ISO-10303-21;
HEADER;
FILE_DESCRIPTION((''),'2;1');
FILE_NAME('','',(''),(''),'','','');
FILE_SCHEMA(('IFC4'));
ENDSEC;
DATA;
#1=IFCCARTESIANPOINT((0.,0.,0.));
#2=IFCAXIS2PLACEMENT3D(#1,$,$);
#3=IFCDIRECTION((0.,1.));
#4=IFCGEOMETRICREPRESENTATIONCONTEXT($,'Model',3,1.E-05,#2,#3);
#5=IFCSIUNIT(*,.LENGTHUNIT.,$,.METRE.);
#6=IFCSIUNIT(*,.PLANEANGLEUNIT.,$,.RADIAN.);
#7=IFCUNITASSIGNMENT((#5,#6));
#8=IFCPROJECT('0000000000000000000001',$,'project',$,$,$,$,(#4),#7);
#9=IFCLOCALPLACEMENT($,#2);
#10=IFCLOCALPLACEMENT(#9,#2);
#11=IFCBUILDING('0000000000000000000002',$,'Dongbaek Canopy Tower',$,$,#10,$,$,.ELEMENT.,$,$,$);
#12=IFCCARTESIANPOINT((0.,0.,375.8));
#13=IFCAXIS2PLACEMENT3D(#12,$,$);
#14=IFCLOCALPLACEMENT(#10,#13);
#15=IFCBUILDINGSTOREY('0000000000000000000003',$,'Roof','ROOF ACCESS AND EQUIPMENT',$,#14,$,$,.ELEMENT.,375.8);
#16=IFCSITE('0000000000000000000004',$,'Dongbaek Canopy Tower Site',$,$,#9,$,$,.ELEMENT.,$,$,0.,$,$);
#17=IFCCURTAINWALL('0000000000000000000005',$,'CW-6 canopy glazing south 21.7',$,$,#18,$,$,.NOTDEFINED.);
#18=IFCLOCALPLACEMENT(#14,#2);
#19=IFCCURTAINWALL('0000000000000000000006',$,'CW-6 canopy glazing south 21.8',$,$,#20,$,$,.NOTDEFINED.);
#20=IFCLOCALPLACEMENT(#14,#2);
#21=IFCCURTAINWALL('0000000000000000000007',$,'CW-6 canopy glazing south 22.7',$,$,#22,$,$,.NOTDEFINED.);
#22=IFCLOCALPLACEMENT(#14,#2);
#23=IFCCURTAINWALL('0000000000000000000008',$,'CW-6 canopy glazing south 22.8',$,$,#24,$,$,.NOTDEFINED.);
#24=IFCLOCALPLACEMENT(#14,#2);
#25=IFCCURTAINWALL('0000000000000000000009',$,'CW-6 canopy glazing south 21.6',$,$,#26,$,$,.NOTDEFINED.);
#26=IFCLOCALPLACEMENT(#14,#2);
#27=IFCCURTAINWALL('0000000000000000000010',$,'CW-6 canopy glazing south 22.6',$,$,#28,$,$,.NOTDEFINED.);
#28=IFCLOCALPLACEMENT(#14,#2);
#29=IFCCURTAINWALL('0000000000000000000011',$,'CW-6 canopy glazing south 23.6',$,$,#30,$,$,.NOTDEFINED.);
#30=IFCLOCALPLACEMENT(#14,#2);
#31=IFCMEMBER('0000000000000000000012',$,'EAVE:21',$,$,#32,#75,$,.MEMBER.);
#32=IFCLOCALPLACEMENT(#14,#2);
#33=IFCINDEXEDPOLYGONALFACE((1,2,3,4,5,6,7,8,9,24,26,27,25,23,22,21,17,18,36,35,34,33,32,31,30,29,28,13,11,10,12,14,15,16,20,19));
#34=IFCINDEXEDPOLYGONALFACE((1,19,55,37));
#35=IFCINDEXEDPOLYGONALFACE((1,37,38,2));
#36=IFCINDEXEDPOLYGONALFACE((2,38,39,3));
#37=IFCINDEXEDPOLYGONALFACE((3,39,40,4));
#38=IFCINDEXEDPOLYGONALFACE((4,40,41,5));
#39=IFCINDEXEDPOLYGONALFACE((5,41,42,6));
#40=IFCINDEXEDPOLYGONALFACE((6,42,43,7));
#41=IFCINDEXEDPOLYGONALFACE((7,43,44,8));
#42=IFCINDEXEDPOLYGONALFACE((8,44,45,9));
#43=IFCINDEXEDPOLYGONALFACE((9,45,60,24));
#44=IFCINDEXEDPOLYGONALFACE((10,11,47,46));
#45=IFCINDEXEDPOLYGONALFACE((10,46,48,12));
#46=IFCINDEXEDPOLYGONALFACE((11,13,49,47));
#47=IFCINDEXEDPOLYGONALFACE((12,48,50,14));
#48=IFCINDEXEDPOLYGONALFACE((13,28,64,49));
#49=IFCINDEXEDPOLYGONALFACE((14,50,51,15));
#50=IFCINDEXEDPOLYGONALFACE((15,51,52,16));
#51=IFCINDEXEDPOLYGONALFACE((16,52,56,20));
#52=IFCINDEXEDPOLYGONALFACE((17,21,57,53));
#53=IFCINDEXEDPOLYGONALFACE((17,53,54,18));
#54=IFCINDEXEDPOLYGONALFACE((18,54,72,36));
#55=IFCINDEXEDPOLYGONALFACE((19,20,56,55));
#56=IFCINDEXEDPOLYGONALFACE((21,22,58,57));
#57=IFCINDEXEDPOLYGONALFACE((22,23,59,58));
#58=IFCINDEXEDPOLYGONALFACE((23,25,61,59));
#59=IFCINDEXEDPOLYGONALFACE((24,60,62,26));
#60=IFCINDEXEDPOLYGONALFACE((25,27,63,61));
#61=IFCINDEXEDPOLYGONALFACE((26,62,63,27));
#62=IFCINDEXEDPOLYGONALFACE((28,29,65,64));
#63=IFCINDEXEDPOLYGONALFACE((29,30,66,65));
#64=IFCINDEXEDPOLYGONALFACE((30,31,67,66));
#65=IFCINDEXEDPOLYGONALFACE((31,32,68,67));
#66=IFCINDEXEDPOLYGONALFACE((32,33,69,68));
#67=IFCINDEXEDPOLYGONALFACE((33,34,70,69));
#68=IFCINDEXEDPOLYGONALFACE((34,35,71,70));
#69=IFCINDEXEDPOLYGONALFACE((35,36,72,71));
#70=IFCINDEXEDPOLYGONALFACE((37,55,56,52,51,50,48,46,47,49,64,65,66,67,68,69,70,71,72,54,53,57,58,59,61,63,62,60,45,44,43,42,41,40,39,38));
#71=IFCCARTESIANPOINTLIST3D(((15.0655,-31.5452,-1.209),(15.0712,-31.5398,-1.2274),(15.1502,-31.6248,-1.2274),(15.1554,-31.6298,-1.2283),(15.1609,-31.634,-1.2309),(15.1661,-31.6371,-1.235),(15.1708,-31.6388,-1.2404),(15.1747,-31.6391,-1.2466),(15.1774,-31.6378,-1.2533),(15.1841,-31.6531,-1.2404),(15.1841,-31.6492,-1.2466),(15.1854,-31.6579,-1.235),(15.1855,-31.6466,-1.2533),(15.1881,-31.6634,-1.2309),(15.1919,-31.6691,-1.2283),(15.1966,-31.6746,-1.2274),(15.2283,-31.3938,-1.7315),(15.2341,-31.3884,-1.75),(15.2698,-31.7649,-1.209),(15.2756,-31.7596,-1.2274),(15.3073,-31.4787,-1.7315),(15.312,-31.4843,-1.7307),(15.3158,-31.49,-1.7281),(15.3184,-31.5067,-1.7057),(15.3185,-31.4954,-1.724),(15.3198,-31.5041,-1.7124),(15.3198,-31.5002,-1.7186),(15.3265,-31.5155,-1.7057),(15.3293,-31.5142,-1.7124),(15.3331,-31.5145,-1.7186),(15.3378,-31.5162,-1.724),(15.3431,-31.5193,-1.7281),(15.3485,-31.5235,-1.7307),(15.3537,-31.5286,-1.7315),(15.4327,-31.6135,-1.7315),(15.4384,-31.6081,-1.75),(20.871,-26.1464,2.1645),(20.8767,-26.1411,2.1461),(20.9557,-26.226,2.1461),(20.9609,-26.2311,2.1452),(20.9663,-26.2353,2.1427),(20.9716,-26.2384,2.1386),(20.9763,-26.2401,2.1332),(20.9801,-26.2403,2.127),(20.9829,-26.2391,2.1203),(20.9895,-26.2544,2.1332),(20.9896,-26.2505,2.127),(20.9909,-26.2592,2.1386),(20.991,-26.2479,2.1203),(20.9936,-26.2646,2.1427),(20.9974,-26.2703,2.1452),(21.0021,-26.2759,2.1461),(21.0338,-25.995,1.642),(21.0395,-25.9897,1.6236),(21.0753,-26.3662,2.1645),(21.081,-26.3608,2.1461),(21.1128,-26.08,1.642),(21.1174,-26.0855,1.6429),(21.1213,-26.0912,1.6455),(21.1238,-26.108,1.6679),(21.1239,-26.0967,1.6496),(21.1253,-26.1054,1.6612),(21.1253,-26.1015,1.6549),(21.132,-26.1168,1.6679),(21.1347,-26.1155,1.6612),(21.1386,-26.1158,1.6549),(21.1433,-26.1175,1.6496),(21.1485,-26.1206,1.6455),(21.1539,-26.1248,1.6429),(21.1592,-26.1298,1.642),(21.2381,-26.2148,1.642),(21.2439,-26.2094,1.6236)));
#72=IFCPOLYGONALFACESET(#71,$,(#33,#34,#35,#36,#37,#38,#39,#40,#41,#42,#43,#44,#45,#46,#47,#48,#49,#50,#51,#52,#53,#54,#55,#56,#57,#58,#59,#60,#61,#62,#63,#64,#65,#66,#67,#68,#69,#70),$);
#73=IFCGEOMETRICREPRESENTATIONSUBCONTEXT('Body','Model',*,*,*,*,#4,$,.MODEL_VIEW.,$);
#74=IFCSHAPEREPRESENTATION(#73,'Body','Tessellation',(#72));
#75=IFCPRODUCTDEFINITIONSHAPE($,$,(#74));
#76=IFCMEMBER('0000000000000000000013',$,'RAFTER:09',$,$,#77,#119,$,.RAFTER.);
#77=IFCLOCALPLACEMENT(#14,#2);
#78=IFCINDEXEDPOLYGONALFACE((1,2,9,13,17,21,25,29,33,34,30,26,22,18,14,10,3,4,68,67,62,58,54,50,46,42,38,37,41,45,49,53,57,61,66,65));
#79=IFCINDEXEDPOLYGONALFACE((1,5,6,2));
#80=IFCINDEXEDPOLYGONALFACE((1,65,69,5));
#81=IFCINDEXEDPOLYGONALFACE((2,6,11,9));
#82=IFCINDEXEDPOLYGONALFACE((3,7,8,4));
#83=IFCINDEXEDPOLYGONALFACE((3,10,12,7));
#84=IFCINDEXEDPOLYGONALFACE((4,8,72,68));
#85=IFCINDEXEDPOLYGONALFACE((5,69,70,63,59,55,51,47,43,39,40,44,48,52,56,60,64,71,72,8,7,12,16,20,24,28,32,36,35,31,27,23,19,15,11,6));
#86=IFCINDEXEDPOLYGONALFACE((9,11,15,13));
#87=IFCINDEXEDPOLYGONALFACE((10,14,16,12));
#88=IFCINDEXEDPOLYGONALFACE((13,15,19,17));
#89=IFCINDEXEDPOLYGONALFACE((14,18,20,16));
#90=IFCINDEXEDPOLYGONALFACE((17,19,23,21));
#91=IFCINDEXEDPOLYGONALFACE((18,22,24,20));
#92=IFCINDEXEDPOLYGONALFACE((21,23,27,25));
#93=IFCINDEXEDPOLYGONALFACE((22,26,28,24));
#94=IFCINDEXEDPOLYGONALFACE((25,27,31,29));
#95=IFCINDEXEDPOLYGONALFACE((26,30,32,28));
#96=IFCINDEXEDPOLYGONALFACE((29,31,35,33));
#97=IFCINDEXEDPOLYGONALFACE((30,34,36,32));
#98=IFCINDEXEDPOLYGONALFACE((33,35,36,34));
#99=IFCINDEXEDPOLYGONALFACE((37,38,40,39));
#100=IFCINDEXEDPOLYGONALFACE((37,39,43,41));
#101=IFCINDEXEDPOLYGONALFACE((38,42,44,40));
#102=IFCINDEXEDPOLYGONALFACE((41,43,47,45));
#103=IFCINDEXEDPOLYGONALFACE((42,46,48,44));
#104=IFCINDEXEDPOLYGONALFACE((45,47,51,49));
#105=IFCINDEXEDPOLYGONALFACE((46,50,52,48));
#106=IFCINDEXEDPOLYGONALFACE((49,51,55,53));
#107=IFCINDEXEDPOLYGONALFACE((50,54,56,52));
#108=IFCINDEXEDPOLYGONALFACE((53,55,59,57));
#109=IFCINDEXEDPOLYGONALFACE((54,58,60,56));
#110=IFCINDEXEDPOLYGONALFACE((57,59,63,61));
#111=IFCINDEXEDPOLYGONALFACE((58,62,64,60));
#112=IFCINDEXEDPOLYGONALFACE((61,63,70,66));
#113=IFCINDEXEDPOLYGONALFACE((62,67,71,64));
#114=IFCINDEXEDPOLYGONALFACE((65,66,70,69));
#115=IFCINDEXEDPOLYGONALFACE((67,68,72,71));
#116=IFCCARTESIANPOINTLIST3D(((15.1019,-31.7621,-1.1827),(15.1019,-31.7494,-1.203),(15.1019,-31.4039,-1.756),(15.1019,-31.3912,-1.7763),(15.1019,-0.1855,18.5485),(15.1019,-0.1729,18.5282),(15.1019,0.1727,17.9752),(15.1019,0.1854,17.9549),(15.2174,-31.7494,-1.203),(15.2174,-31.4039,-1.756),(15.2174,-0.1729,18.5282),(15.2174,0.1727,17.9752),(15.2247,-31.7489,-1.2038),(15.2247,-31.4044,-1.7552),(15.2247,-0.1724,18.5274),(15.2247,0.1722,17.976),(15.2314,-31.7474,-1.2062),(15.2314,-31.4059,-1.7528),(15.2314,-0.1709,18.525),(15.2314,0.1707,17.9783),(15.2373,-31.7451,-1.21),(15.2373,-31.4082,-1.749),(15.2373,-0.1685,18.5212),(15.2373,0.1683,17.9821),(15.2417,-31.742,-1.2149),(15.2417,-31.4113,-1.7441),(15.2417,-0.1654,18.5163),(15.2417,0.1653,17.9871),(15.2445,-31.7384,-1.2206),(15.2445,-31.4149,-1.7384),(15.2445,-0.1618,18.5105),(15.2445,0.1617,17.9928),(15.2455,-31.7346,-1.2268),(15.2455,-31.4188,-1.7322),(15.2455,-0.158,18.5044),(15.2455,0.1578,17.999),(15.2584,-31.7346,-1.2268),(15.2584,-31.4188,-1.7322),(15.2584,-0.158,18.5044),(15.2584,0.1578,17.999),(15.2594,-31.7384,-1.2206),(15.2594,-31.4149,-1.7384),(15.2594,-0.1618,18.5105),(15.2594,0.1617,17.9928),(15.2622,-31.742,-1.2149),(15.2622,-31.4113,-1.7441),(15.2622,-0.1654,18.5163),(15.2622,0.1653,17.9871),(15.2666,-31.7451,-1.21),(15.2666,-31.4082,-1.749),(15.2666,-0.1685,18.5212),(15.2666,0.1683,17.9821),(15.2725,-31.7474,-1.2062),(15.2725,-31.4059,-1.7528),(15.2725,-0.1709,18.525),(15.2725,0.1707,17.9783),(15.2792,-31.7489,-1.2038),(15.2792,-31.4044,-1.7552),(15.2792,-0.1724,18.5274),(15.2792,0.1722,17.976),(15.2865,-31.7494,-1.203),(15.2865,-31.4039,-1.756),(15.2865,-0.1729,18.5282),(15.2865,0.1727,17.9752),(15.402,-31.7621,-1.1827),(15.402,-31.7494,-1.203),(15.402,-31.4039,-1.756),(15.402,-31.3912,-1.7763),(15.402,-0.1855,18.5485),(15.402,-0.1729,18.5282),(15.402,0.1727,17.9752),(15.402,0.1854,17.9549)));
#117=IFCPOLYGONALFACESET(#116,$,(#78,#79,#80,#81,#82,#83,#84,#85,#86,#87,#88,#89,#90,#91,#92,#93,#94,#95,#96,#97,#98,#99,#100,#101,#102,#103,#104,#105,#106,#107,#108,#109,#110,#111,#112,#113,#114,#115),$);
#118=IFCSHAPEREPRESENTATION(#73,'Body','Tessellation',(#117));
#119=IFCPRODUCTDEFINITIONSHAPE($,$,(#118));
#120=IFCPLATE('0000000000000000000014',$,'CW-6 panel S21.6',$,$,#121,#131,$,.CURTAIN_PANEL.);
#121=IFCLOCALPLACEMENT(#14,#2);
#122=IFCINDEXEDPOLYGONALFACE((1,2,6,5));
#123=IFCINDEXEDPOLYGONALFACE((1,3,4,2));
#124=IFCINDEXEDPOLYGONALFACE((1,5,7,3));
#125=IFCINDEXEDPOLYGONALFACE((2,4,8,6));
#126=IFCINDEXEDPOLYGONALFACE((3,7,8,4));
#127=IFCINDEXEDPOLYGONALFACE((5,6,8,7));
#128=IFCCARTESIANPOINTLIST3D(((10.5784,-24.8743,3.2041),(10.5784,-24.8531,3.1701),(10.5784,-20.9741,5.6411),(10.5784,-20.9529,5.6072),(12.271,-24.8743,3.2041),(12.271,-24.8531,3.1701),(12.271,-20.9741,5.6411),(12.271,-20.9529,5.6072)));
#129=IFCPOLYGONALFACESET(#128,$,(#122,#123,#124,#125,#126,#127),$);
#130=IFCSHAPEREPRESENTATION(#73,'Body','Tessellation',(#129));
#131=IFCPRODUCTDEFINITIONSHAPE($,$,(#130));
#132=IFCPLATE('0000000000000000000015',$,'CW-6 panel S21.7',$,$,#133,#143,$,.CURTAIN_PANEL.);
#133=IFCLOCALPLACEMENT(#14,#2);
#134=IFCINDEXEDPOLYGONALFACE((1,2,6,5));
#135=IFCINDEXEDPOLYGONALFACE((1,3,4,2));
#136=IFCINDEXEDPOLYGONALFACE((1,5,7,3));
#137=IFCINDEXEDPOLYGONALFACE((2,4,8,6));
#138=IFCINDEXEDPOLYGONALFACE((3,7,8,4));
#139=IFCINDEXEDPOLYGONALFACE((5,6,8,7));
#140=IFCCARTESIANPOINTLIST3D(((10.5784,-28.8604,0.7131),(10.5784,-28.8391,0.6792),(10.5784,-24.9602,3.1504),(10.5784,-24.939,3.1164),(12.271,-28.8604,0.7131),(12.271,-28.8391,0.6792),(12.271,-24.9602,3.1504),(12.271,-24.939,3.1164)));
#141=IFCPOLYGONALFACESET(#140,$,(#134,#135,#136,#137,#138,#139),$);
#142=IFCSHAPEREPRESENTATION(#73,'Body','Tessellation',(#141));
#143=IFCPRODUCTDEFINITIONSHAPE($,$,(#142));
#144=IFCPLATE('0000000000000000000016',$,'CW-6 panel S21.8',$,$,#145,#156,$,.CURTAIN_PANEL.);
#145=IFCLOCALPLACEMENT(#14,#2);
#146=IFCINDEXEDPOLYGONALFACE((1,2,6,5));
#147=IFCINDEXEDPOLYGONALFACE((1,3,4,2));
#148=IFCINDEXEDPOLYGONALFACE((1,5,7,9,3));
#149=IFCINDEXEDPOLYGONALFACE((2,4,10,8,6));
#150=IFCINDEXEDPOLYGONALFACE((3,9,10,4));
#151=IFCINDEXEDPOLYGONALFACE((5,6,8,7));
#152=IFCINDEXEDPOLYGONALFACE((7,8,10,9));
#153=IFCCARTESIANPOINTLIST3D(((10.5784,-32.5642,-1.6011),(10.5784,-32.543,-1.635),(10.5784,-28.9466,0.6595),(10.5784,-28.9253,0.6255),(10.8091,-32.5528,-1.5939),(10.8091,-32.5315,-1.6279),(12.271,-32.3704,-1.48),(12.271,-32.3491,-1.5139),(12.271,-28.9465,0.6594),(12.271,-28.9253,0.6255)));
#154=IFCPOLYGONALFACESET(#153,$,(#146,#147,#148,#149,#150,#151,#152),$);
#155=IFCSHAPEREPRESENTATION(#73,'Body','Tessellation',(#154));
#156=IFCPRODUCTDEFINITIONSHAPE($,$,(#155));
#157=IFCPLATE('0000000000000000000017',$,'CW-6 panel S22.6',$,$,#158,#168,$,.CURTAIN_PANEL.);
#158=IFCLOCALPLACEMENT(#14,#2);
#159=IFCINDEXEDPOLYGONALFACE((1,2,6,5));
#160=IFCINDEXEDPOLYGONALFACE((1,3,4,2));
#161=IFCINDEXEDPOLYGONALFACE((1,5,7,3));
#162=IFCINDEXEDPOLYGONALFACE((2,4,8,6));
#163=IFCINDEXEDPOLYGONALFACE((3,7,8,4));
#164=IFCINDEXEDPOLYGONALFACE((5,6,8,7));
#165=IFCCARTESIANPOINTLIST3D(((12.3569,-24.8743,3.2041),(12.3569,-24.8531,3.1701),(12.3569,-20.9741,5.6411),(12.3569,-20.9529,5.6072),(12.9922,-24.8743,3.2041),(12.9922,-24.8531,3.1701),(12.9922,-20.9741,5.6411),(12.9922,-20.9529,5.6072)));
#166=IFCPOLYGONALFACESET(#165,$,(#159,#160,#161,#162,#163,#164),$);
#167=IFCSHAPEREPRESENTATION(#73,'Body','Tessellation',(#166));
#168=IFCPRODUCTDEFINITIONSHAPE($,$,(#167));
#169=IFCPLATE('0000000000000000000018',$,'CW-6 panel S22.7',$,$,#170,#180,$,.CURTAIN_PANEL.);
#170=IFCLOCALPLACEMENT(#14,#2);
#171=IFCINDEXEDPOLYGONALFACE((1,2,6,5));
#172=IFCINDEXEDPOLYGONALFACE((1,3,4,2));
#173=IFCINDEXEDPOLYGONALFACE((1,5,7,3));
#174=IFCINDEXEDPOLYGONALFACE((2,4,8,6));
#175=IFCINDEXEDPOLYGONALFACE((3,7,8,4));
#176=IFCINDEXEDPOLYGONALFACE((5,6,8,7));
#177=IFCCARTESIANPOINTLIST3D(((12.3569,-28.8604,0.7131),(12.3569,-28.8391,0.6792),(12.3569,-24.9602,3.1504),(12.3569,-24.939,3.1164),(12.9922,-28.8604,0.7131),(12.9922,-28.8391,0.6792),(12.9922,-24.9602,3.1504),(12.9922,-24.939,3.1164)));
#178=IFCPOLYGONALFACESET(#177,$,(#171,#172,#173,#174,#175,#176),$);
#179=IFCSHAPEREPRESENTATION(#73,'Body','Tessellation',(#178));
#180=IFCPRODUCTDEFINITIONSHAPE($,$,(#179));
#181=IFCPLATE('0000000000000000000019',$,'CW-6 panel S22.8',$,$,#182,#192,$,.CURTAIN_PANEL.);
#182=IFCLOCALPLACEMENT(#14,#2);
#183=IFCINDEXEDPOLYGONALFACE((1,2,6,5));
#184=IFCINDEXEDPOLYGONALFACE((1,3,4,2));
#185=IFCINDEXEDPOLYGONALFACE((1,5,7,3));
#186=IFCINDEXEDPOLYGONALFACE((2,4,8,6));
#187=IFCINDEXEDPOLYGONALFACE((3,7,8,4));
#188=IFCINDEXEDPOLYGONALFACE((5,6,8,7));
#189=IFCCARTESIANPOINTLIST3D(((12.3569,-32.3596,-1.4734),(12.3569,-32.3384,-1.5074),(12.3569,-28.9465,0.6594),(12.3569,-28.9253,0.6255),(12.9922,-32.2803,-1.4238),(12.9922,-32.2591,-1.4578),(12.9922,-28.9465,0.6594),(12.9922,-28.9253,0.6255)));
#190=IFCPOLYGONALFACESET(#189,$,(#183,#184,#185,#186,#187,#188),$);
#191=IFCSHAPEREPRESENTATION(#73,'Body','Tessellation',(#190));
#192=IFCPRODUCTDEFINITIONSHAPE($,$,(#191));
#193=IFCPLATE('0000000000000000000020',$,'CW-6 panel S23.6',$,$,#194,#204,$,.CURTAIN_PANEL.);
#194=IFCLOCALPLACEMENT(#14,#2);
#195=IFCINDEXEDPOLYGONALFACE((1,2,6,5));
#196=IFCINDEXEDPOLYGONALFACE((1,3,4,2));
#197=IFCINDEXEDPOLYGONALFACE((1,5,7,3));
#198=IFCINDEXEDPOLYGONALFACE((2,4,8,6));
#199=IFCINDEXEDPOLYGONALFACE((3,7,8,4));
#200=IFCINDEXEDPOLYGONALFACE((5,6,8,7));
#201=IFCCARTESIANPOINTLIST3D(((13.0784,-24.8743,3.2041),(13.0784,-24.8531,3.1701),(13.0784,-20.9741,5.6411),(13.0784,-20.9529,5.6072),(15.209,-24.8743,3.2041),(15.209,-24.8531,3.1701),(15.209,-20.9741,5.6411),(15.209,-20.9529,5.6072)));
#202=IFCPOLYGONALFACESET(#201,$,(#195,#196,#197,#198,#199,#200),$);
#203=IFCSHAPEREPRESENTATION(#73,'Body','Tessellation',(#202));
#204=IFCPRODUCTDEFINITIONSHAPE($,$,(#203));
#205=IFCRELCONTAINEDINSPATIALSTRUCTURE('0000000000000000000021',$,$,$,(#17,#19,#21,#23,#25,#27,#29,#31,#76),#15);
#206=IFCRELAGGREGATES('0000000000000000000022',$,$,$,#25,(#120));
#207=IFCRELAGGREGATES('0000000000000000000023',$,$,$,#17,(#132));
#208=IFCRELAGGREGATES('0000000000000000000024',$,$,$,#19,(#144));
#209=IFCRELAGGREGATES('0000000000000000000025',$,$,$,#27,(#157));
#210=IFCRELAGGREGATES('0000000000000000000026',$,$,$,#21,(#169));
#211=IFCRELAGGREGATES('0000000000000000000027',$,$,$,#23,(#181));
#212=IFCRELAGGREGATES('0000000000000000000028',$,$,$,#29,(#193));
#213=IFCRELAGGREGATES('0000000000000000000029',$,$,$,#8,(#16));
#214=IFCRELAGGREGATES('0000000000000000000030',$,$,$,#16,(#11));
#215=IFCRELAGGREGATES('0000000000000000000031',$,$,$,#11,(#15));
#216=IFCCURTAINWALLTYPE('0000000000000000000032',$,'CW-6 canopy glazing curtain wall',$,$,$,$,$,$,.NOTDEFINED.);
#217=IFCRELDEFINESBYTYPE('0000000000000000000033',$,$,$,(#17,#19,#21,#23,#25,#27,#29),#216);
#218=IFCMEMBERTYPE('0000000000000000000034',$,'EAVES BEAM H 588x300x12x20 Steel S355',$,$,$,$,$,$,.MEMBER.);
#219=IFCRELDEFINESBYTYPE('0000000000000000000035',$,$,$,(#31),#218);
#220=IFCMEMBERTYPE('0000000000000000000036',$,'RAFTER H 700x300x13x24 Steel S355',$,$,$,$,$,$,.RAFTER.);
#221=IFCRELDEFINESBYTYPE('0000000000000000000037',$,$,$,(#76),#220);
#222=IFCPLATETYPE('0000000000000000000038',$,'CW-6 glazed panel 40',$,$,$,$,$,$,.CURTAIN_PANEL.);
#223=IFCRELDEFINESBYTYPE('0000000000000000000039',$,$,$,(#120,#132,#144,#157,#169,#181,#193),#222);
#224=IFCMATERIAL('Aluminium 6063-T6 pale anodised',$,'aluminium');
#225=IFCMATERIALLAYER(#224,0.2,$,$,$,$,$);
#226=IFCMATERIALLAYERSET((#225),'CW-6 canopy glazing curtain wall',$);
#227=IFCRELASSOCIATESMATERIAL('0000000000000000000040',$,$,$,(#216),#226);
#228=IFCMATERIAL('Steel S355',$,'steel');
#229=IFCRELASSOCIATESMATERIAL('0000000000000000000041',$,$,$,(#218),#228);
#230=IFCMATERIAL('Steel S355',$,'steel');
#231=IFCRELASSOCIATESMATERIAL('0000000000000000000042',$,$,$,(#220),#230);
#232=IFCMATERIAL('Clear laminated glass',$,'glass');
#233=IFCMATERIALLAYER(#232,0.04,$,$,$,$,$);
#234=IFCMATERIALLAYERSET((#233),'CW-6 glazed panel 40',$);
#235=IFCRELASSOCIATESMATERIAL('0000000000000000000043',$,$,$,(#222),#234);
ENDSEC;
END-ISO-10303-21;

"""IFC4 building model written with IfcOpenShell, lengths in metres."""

from ifc_helpers import new_model, si_unit, direction, frame, origin, origin_2d, place, context, subcontext, project, spatial, polyline, i_section, outline, extrude, material, layer, layer_set, material_profile, profile_set, type_object, element, aggregate, save


model = new_model("IFC4")

# Units and contexts
model_context = context("Model", 3, precision=1e-05, world=origin(), true_north=direction((0.0, 1.0)))
body_context = subcontext(model_context, "Body", "Model", "MODEL_VIEW")
ifc_project = project(units=[si_unit("LENGTHUNIT", "METRE"), si_unit("PLANEANGLEUNIT", "RADIAN")], contexts=[model_context])

# Site, building, storey
site_placement = place(None, origin())
site = spatial("IfcSite", under=ifc_project, at=site_placement, Name="Dongbaek Canopy Tower Site", CompositionType="ELEMENT", RefElevation=0.0)
building_placement = place(site_placement, origin())
building = spatial("IfcBuilding", under=site, at=building_placement, Name="Dongbaek Canopy Tower", CompositionType="ELEMENT")
storey_placement = place(building_placement, frame((0.0, 0.0, 375.8)))
storey = spatial("IfcBuildingStorey", under=building, at=storey_placement, Name="Roof", Description="ROOF ACCESS AND EQUIPMENT", CompositionType="ELEMENT", Elevation=375.8)

# Curtain walls
ifc_material_1 = material(Name="Aluminium 6063-T6 pale anodised", Category="aluminium")
ifc_layer_1 = layer(ifc_material_1, 0.2)
ifc_layer_set_1 = layer_set([ifc_layer_1], Name="CW-6 canopy glazing curtain wall")
curtain_wall_type = type_object("IfcCurtainWallType", Name="CW-6 canopy glazing curtain wall", PredefinedType="NOTDEFINED", material=ifc_layer_set_1)
curtain_wall_1_placement = place(storey_placement, origin())
curtain_wall_1 = element("IfcCurtainWall", 1, at=curtain_wall_1_placement, inside=storey, type_object=curtain_wall_type, Name="CW-6 canopy glazing south 21.7", PredefinedType="NOTDEFINED")
curtain_wall_2_placement = place(storey_placement, origin())
curtain_wall_2 = element("IfcCurtainWall", 2, at=curtain_wall_2_placement, inside=storey, type_object=curtain_wall_type, Name="CW-6 canopy glazing south 21.8", PredefinedType="NOTDEFINED")
curtain_wall_3_placement = place(storey_placement, origin())
curtain_wall_3 = element("IfcCurtainWall", 3, at=curtain_wall_3_placement, inside=storey, type_object=curtain_wall_type, Name="CW-6 canopy glazing south 22.7", PredefinedType="NOTDEFINED")
curtain_wall_4_placement = place(storey_placement, origin())
curtain_wall_4 = element("IfcCurtainWall", 4, at=curtain_wall_4_placement, inside=storey, type_object=curtain_wall_type, Name="CW-6 canopy glazing south 22.8", PredefinedType="NOTDEFINED")
curtain_wall_5_placement = place(storey_placement, origin())
curtain_wall_5 = element("IfcCurtainWall", 5, at=curtain_wall_5_placement, inside=storey, type_object=curtain_wall_type, Name="CW-6 canopy glazing south 21.6", PredefinedType="NOTDEFINED")
curtain_wall_6_placement = place(storey_placement, origin())
curtain_wall_6 = element("IfcCurtainWall", 6, at=curtain_wall_6_placement, inside=storey, type_object=curtain_wall_type, Name="CW-6 canopy glazing south 22.6", PredefinedType="NOTDEFINED")

# Curtain wall
curtain_wall_7_placement = place(storey_placement, origin())
curtain_wall_7 = element("IfcCurtainWall", 7, at=curtain_wall_7_placement, inside=storey, type_object=curtain_wall_type, Name="CW-6 canopy glazing south 23.6", PredefinedType="NOTDEFINED")

# Members
ifc_material_2 = material(Name="Steel S355", Category="steel")
ifc_material_profile_1 = material_profile(ifc_material_2, i_section(OverallWidth=0.3, OverallDepth=0.5879, WebThickness=0.012, FlangeThickness=0.02, FilletRadius=0.0281, at=origin_2d()), Name="EAVES BEAM H 588x300x12x20 Steel S355")
ifc_profile_set_1 = profile_set([ifc_material_profile_1], Name="Steel S355")
member_type_1 = type_object("IfcMemberType", Name="EAVES BEAM H 588x300x12x20 Steel S355", PredefinedType="MEMBER", material=ifc_profile_set_1)
member_1_placement = place(storey_placement, frame((15.252, -31.5767, -1.4795), z_axis=(0.673823, 0.626613, 0.391559), x_axis=(-0.680988, 0.732294, 0.0)))
element("IfcMember", 8, at=member_1_placement, inside=storey, type_object=member_type_1, Name="EAVE:21", PredefinedType="MEMBER", context=body_context, shape_type="SweptSolid", body=[
    extrude(i_section(OverallWidth=0.3, OverallDepth=0.5879, WebThickness=0.012, FlangeThickness=0.02, FilletRadius=0.0281, at=origin_2d()), origin(), (0.0, 0.0, 1.0), 8.6157),
])
ifc_material_3 = material(Name="Steel S355", Category="steel")
ifc_material_profile_2 = material_profile(ifc_material_3, i_section(OverallWidth=0.3, OverallDepth=0.7, WebThickness=0.0129, FlangeThickness=0.0239, FilletRadius=0.0281, at=origin_2d()), Name="RAFTER H 700x300x13x24 Steel S355")
ifc_profile_set_2 = profile_set([ifc_material_profile_2], Name="Steel S355")
member_type_2 = type_object("IfcMemberType", Name="RAFTER H 700x300x13x24 Steel S355", PredefinedType="RAFTER", material=ifc_profile_set_2)
member_2_placement = place(storey_placement, frame((15.252, -31.5767, -1.4795), z_axis=(0.0, 0.848049, 0.529918), x_axis=(-1.0, 0.0, 0.0)))
element("IfcMember", 9, at=member_2_placement, inside=storey, type_object=member_type_2, Name="RAFTER:09", PredefinedType="RAFTER", context=body_context, shape_type="SweptSolid", body=[
    extrude(i_section(OverallWidth=0.3, OverallDepth=0.7, WebThickness=0.0129, FlangeThickness=0.0239, FilletRadius=0.0281, at=origin_2d()), origin(), (0.0, 0.0, 1.0), 37.2344),
])

# Plates
ifc_material_4 = material(Name="Clear laminated glass", Category="glass")
ifc_layer_2 = layer(ifc_material_4, 0.04)
ifc_layer_set_2 = layer_set([ifc_layer_2], Name="CW-6 glazed panel 40")
plate_type = type_object("IfcPlateType", Name="CW-6 glazed panel 40", PredefinedType="CURTAIN_PANEL", material=ifc_layer_set_2)
plate_1_placement = place(storey_placement, frame((12.271, -24.8743, 3.2041), z_axis=(0.0, -0.529908, 0.848055), x_axis=(-1.0, 0.0, 0.0)))
plate_1 = element("IfcPlate", 10, at=plate_1_placement, type_object=plate_type, Name="CW-6 panel S21.6", PredefinedType="CURTAIN_PANEL", context=body_context, shape_type="SweptSolid", body=[
    extrude(outline(polyline([(0.0, 0.0), (1.6926, 0.0), (1.6926, -4.5989), (0.0, -4.5989), (0.0, 0.0)])), origin(), (0.0, 0.0, -1.0), 0.04),
])
aggregate(curtain_wall_5, [plate_1])
plate_2_placement = place(storey_placement, frame((12.271, -28.8604, 0.7131), z_axis=(0.0, -0.529946, 0.848031), x_axis=(-1.0, 0.0, 0.0)))
plate_2 = element("IfcPlate", 11, at=plate_2_placement, type_object=plate_type, Name="CW-6 panel S21.7", PredefinedType="CURTAIN_PANEL", context=body_context, shape_type="SweptSolid", body=[
    extrude(outline(polyline([(0.0, 0.0), (1.6926, 0.0), (1.6926, -4.5991), (0.0, -4.5991), (0.0, 0.0)])), origin(), (0.0, 0.0, -1.0), 0.04),
])
aggregate(curtain_wall_1, [plate_2])
plate_3_placement = place(storey_placement, frame((12.271, -32.3704, -1.48), z_axis=(0.000009, -0.529916, 0.84805), x_axis=(-0.98935, -0.123443, -0.077124)))
plate_3 = element("IfcPlate", 12, at=plate_3_placement, type_object=plate_type, Name="CW-6 panel S21.8", PredefinedType="CURTAIN_PANEL", context=body_context, shape_type="SweptSolid", body=[
    extrude(outline(polyline([(0.0, 0.0), (1.4777, 0.0), (1.7079, -0.0202), (1.087, -4.2407), (-0.5876, -3.9943), (0.0, 0.0)])), origin(), (0.0, 0.0, -1.0), 0.04),
])
aggregate(curtain_wall_2, [plate_3])
plate_4_placement = place(storey_placement, frame((12.9922, -24.8743, 3.2041), z_axis=(0.0, -0.529908, 0.848055), x_axis=(-1.0, 0.0, 0.0)))
plate_4 = element("IfcPlate", 13, at=plate_4_placement, type_object=plate_type, Name="CW-6 panel S22.6", PredefinedType="CURTAIN_PANEL", context=body_context, shape_type="SweptSolid", body=[
    extrude(outline(polyline([(0.0, 0.0), (0.6353, 0.0), (0.6353, -4.5989), (0.0, -4.5989), (0.0, 0.0)])), origin(), (0.0, 0.0, -1.0), 0.04),
])
aggregate(curtain_wall_6, [plate_4])
plate_5_placement = place(storey_placement, frame((12.9922, -28.8604, 0.7131), z_axis=(0.0, -0.529946, 0.848031), x_axis=(-1.0, 0.0, 0.0)))
plate_5 = element("IfcPlate", 14, at=plate_5_placement, type_object=plate_type, Name="CW-6 panel S22.7", PredefinedType="CURTAIN_PANEL", context=body_context, shape_type="SweptSolid", body=[
    extrude(outline(polyline([(0.0, 0.0), (0.6353, 0.0), (0.6353, -4.5991), (0.0, -4.5991), (0.0, 0.0)])), origin(), (0.0, 0.0, -1.0), 0.04),
])
aggregate(curtain_wall_3, [plate_5])
plate_6_placement = place(storey_placement, frame((12.9922, -32.2803, -1.4238), z_axis=(0.000015, -0.529935, 0.848038), x_axis=(-0.989329, -0.123563, -0.077197)))
plate_6 = element("IfcPlate", 15, at=plate_6_placement, type_object=plate_type, Name="CW-6 panel S22.8", PredefinedType="CURTAIN_PANEL", context=body_context, shape_type="SweptSolid", body=[
    extrude(outline(polyline([(0.0, 0.0), (0.6421, 0.0), (0.0557, -3.9817), (-0.5727, -3.8892), (0.0, 0.0)])), origin(), (0.0, 0.0, -1.0), 0.04),
])
aggregate(curtain_wall_4, [plate_6])
plate_7_placement = place(storey_placement, frame((15.209, -24.8743, 3.2041), z_axis=(0.0, -0.529908, 0.848055), x_axis=(-1.0, 0.0, 0.0)))
plate_7 = element("IfcPlate", 16, at=plate_7_placement, type_object=plate_type, Name="CW-6 panel S23.6", PredefinedType="CURTAIN_PANEL", context=body_context, shape_type="SweptSolid", body=[
    extrude(outline(polyline([(0.0, 0.0), (2.1306, 0.0), (2.1306, -4.5989), (0.0, -4.5989), (0.0, 0.0)])), origin(), (0.0, 0.0, -1.0), 0.04),
])
aggregate(curtain_wall_7, [plate_7])

save(model, "model.ifc")
